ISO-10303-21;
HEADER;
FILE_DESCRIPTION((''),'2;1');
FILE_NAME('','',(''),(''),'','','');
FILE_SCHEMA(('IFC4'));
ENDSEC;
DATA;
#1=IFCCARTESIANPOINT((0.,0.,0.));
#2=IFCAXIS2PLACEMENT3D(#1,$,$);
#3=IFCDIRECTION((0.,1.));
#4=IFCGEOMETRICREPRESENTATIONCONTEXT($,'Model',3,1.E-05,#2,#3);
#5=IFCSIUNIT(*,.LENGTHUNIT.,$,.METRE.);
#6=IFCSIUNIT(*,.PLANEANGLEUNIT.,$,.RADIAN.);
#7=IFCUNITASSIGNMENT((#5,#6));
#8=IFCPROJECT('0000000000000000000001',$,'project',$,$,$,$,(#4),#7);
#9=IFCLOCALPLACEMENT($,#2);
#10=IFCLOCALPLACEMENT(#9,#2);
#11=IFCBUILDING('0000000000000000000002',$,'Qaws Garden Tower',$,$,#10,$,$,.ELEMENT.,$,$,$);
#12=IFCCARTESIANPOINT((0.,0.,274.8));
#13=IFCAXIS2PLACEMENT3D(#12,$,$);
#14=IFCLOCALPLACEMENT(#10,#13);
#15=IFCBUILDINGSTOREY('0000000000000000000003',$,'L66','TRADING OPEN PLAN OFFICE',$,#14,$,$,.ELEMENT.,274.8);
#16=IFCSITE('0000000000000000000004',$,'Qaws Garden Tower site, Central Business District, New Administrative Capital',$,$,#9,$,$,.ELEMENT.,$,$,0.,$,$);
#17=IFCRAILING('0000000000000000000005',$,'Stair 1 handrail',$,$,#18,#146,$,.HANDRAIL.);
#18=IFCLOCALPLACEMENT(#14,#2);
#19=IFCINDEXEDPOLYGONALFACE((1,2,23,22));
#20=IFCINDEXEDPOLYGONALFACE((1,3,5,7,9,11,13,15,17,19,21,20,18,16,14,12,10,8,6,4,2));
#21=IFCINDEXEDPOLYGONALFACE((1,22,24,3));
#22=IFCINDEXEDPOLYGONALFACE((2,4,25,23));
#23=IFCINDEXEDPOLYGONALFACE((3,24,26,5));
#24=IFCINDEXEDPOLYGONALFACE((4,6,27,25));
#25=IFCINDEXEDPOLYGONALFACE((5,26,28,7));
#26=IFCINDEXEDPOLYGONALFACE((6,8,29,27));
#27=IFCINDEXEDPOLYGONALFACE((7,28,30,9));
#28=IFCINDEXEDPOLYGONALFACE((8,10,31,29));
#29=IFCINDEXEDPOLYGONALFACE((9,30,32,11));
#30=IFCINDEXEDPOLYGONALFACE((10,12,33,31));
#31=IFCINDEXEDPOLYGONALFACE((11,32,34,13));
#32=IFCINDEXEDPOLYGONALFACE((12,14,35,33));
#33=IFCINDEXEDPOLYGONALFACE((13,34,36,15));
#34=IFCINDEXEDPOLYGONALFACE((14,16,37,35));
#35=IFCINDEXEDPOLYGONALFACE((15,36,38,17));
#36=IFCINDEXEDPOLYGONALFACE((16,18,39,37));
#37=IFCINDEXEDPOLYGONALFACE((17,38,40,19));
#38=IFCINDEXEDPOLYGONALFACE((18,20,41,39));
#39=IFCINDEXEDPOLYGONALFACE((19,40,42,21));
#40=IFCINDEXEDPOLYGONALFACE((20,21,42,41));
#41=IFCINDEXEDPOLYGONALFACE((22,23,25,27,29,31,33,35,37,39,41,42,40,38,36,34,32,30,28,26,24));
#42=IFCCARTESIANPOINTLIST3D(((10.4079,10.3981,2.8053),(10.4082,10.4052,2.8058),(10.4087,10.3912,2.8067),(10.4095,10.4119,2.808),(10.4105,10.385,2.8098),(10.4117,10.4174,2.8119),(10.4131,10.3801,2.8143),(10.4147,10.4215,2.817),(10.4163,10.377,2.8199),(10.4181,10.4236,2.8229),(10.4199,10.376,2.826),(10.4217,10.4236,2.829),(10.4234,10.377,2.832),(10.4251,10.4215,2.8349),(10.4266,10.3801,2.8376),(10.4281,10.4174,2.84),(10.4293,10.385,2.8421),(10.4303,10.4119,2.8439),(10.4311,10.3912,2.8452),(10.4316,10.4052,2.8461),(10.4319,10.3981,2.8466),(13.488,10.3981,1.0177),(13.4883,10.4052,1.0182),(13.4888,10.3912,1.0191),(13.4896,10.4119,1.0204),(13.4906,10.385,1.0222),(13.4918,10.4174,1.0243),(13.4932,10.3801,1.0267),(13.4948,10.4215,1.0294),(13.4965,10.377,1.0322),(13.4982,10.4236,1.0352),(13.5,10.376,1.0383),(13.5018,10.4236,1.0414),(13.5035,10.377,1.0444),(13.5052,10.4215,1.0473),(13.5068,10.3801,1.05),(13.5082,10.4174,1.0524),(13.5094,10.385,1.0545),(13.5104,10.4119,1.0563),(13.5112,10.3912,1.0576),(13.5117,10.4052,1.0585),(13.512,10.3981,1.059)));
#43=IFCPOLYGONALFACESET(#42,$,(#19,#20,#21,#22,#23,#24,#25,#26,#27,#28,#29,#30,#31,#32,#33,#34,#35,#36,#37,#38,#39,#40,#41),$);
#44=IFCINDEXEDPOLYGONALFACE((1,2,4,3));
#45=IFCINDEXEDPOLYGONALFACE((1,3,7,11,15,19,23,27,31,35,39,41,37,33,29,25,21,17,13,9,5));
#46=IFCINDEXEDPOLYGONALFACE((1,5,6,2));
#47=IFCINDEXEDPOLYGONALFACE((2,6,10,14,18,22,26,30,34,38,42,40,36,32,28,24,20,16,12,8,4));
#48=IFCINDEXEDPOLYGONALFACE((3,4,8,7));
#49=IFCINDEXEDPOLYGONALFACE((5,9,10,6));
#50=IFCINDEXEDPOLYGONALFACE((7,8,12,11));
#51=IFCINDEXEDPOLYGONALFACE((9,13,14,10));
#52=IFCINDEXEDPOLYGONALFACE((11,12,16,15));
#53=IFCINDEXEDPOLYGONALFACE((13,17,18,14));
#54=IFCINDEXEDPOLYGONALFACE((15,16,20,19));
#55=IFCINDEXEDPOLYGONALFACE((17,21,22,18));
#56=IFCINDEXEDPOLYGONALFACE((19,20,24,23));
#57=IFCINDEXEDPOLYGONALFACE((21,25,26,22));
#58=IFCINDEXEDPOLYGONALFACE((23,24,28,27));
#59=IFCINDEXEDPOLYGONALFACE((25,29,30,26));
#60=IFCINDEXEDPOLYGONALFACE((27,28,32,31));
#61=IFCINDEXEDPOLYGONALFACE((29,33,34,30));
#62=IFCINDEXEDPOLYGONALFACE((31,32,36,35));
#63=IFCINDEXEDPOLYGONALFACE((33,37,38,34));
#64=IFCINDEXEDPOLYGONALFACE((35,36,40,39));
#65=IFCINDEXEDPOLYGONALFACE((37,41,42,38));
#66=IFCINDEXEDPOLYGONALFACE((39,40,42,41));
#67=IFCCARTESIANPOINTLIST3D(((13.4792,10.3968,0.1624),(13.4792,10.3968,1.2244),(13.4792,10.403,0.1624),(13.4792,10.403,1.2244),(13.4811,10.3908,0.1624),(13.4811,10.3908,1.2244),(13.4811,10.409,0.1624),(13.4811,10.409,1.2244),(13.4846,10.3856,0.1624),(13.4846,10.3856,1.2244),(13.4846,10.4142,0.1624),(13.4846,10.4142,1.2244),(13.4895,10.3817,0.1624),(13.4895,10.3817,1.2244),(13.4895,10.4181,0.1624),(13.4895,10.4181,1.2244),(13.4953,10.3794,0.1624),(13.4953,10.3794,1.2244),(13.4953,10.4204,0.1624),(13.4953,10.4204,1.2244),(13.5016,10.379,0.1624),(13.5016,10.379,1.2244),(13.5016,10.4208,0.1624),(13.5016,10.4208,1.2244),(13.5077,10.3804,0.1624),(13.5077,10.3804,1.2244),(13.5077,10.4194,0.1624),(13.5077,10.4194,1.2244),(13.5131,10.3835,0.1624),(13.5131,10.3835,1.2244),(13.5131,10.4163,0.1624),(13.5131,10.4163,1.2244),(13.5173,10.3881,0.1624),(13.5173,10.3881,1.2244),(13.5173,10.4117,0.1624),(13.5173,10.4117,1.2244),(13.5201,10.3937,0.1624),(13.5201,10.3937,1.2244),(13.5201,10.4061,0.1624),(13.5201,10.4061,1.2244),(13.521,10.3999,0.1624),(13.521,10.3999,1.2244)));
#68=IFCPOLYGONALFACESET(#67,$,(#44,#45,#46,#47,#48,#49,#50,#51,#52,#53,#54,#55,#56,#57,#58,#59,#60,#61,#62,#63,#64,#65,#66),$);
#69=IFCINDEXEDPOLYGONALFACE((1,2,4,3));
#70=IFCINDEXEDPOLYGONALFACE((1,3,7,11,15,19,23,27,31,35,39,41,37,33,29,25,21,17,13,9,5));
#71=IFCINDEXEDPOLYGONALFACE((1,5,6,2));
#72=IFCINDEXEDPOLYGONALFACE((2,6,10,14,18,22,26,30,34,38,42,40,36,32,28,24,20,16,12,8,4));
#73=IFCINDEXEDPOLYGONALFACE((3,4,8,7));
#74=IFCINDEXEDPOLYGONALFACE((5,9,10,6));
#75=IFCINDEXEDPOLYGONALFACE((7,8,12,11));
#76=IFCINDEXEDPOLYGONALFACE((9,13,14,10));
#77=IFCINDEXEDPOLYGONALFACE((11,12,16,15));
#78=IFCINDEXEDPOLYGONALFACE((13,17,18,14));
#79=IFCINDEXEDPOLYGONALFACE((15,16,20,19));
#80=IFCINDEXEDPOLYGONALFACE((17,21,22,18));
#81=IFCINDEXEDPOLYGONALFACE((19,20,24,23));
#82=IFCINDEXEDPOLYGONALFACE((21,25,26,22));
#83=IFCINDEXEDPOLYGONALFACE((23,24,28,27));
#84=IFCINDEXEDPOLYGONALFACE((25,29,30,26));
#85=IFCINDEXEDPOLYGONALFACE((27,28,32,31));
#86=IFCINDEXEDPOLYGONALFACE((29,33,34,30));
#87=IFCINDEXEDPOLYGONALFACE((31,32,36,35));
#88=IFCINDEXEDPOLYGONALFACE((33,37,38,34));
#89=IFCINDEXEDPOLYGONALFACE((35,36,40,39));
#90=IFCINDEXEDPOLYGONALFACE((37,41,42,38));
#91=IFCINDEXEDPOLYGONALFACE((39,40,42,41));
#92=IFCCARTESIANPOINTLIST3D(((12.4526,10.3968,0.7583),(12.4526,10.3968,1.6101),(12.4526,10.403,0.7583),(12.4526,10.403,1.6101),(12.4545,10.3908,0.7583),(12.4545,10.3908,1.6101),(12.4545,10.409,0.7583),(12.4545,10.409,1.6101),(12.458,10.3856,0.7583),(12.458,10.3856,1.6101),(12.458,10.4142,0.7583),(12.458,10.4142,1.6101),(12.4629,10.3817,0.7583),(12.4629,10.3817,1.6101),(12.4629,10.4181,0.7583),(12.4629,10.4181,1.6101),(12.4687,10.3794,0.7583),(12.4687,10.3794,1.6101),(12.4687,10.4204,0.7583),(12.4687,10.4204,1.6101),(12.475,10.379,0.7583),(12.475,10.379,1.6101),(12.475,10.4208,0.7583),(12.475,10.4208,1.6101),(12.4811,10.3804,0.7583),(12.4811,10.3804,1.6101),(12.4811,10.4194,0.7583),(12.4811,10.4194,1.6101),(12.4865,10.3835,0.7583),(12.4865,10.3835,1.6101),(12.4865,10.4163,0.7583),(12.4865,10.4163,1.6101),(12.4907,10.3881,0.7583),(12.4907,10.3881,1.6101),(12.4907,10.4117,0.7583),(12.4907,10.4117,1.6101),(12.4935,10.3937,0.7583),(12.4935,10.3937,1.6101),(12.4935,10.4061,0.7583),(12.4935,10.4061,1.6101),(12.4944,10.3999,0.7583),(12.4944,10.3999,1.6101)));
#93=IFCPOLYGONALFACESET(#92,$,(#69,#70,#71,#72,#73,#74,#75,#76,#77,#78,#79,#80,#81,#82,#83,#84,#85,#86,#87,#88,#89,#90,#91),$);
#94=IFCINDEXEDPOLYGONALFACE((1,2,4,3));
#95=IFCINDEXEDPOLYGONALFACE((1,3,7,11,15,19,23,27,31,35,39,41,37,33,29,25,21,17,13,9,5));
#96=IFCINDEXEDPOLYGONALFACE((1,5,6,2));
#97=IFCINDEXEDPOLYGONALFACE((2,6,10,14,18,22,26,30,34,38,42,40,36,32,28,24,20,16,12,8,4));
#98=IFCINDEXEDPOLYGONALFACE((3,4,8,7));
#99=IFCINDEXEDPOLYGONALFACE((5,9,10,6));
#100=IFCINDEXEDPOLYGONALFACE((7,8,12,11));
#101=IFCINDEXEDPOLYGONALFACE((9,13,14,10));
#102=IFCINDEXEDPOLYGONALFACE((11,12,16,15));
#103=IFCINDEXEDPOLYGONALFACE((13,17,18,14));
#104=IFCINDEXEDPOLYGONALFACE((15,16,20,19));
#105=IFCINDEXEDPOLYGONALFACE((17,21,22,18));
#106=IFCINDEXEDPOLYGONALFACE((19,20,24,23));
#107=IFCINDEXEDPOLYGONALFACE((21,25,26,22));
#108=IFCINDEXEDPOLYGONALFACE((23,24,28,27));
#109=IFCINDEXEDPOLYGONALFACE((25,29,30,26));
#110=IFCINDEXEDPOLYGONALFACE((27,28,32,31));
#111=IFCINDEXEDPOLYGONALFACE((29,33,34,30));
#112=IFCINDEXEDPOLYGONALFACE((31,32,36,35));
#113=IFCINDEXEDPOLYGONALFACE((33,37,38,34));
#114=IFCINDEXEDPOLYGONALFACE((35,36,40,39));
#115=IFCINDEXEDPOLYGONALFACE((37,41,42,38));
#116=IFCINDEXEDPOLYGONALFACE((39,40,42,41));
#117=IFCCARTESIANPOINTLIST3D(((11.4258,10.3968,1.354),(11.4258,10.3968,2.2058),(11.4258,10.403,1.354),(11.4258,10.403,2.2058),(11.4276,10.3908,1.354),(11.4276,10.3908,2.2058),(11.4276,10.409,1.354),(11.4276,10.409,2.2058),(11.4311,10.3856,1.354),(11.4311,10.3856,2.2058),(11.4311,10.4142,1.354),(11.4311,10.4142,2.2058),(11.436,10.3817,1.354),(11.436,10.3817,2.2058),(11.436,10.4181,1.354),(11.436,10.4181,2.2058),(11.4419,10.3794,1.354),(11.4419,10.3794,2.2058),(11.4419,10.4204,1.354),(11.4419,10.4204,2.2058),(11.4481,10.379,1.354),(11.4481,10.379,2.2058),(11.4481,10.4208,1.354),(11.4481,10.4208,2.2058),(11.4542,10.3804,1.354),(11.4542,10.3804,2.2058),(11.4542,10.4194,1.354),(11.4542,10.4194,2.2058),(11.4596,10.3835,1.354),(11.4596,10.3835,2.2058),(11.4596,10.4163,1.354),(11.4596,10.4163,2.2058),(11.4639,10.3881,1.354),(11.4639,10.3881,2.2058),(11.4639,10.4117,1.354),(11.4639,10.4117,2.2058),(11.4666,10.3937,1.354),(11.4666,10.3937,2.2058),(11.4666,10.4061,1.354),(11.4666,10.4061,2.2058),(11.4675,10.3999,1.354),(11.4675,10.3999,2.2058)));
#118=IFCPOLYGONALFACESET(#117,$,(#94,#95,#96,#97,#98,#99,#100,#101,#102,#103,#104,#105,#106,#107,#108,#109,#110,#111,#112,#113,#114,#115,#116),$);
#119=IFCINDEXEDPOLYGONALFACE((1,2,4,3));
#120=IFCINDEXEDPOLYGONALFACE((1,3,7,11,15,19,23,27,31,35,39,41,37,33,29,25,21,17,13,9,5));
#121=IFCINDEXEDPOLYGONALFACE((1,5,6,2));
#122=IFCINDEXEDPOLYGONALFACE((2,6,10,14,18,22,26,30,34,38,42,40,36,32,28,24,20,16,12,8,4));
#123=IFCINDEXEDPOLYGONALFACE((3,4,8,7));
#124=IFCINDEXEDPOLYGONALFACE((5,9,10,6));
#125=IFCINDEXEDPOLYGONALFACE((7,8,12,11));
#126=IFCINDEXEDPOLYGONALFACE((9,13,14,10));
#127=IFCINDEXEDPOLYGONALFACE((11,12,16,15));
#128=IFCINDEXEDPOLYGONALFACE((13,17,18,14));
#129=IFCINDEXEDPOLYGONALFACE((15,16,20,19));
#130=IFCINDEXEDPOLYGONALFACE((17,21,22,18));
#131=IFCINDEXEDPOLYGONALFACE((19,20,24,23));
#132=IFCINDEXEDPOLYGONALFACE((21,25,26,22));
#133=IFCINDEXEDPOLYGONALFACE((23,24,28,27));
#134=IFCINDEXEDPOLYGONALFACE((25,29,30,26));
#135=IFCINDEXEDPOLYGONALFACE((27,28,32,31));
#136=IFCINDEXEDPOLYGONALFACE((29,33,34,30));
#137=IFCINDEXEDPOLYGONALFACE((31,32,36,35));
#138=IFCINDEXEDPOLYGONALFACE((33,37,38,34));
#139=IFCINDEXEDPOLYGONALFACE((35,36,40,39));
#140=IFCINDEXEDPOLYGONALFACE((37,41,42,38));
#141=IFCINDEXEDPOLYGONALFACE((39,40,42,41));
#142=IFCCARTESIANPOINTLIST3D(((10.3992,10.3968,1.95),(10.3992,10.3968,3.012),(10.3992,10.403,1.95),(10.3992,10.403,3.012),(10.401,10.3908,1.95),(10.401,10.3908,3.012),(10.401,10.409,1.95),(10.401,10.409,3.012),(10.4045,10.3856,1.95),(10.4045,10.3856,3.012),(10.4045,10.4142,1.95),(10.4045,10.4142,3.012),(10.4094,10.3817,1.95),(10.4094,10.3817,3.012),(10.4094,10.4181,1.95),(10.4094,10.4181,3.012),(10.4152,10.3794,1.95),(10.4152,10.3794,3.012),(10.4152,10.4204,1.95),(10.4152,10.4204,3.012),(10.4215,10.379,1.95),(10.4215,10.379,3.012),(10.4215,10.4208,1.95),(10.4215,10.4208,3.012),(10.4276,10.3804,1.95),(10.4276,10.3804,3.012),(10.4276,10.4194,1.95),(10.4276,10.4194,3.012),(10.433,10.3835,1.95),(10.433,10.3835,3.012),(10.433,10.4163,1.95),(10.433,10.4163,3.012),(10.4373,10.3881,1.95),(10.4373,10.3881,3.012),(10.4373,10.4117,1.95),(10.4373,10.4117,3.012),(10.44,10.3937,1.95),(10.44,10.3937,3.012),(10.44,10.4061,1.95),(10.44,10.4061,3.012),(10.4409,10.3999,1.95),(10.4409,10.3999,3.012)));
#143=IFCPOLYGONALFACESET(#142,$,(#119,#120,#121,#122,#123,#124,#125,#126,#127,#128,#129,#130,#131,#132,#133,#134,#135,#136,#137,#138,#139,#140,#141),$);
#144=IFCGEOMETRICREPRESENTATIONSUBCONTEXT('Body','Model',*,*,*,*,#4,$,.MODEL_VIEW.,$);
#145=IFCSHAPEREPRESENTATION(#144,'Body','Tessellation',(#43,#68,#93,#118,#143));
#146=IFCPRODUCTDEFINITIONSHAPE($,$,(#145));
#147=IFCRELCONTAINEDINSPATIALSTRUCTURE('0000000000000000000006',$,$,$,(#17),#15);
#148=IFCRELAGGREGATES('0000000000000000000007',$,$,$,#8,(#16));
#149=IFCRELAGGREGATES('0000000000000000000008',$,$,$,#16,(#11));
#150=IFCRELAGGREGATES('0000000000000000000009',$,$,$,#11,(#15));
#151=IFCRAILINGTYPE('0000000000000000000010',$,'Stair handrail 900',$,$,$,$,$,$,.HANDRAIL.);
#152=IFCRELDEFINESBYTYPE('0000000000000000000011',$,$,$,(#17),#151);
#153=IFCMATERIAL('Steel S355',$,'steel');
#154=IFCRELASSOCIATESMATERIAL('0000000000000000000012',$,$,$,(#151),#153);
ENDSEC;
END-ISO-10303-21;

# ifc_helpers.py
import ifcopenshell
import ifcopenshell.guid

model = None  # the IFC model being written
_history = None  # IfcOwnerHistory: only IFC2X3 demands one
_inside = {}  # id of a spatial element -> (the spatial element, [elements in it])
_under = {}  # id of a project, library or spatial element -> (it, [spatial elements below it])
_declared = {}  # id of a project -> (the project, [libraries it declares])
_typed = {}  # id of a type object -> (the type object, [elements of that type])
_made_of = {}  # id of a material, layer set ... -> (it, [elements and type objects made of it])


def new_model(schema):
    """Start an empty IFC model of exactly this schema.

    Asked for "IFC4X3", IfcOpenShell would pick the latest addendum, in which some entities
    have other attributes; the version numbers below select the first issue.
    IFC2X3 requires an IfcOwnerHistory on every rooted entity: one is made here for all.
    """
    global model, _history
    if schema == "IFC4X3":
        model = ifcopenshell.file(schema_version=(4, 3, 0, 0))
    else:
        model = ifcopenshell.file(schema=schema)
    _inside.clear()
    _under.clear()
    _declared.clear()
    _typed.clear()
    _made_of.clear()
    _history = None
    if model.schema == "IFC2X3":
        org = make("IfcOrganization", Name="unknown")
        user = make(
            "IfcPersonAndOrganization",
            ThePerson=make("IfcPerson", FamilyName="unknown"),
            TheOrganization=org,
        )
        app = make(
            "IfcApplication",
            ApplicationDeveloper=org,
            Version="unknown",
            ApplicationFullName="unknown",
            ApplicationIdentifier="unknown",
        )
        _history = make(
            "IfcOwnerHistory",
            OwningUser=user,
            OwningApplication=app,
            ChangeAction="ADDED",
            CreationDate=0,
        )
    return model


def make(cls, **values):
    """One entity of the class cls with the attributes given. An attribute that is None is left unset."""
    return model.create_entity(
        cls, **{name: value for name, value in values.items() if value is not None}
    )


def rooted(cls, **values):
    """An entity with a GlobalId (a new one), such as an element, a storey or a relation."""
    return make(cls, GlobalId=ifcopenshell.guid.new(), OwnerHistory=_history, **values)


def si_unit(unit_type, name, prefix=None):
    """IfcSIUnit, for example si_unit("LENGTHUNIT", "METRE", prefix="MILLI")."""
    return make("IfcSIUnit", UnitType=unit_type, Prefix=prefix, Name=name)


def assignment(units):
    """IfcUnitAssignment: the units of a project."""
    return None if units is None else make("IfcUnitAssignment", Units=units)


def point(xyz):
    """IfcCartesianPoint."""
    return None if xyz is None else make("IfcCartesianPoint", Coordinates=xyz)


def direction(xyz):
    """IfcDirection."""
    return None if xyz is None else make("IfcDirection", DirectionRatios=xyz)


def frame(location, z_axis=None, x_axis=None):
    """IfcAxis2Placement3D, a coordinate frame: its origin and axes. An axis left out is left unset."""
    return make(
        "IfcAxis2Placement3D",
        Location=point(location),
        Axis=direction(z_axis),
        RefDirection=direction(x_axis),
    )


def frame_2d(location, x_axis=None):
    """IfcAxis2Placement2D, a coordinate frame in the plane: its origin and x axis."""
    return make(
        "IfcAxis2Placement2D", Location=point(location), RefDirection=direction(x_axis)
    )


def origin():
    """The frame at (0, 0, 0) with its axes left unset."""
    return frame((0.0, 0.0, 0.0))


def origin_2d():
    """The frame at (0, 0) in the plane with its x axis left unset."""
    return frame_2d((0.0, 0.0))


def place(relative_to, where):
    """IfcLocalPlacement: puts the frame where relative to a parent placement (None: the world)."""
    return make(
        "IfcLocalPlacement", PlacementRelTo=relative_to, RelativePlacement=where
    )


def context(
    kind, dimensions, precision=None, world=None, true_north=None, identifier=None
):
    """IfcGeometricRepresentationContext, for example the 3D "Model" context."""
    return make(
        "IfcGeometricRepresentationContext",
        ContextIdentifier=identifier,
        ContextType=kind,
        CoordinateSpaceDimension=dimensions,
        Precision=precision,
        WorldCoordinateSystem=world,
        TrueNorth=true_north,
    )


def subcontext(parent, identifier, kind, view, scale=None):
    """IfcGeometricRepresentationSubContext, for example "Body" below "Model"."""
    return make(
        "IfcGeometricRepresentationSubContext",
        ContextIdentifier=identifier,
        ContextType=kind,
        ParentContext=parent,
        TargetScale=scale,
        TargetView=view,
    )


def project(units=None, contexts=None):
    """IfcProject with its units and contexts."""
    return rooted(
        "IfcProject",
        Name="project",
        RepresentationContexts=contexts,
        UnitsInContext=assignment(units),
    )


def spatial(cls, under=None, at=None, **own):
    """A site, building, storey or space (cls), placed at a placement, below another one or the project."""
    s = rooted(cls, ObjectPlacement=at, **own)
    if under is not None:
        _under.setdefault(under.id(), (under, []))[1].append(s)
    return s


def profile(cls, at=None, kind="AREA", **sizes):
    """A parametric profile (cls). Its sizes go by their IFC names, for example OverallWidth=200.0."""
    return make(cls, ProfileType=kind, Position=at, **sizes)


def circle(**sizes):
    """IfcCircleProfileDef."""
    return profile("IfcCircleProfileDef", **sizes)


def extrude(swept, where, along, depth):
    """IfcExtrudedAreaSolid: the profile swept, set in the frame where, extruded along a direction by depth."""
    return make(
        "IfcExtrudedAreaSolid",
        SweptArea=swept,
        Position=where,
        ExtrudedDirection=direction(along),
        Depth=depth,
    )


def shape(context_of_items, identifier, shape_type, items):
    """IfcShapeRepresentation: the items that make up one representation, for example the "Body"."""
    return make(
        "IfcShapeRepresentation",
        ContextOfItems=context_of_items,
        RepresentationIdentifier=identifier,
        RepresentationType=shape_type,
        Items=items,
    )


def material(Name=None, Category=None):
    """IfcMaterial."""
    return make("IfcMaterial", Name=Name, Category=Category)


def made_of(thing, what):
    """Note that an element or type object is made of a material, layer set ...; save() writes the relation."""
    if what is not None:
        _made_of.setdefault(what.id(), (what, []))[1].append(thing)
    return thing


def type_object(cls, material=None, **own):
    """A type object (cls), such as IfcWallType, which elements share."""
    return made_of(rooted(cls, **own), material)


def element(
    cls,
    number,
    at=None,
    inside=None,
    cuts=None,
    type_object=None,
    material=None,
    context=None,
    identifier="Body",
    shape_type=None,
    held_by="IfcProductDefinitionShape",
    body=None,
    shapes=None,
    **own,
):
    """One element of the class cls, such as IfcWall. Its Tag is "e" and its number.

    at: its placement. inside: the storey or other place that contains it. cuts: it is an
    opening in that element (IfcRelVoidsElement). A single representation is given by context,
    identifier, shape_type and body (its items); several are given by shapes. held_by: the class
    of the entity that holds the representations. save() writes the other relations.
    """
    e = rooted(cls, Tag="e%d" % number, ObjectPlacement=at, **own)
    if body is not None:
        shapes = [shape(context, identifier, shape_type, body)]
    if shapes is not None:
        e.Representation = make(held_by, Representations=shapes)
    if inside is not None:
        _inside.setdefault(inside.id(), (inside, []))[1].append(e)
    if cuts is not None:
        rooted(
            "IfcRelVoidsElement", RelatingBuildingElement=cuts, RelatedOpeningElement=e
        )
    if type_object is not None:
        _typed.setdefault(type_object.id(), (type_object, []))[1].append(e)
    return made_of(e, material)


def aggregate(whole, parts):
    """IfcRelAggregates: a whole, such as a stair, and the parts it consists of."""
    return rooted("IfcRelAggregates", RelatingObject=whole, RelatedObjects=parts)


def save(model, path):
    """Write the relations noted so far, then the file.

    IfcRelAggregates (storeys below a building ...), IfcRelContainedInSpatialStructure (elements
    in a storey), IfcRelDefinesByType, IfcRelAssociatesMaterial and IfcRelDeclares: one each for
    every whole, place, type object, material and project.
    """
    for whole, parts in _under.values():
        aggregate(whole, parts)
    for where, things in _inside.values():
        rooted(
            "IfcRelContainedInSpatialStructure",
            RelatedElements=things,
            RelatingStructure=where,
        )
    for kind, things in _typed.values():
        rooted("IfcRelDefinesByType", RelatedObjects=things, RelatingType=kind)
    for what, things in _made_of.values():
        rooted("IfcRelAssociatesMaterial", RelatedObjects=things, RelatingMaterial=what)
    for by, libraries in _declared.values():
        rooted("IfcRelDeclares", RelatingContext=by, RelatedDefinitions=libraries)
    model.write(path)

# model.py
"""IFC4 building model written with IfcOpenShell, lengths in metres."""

from ifc_helpers import new_model, si_unit, direction, frame, origin, origin_2d, place, context, subcontext, project, spatial, circle, extrude, material, type_object, element, save


model = new_model("IFC4")

# Units and contexts
model_context = context("Model", 3, precision=1e-05, world=origin(), true_north=direction((0.0, 1.0)))
body_context = subcontext(model_context, "Body", "Model", "MODEL_VIEW")
ifc_project = project(units=[si_unit("LENGTHUNIT", "METRE"), si_unit("PLANEANGLEUNIT", "RADIAN")], contexts=[model_context])

# Site, building, storey
site_placement = place(None, origin())
site = spatial("IfcSite", under=ifc_project, at=site_placement, Name="Qaws Garden Tower site, Central Business District, New Administrative Capital", CompositionType="ELEMENT", RefElevation=0.0)
building_placement = place(site_placement, origin())
building = spatial("IfcBuilding", under=site, at=building_placement, Name="Qaws Garden Tower", CompositionType="ELEMENT")
storey_placement = place(building_placement, frame((0.0, 0.0, 274.8)))
storey = spatial("IfcBuildingStorey", under=building, at=storey_placement, Name="L66", Description="TRADING OPEN PLAN OFFICE", CompositionType="ELEMENT", Elevation=274.8)

# Railing
ifc_material_1 = material(Name="Steel S355", Category="steel")
railing_type = type_object("IfcRailingType", Name="Stair handrail 900", PredefinedType="HANDRAIL", material=ifc_material_1)
railing_1_placement = place(storey_placement, frame((13.5, 10.3999, 0.1624)))
element("IfcRailing", 1, at=railing_1_placement, inside=storey, type_object=railing_type, Name="Stair 1 handrail", PredefinedType="HANDRAIL", context=body_context, shape_type="SweptSolid", body=[
    extrude(circle(Radius=0.0239, at=origin_2d()), frame((0.0, 0.0, 0.876), z_axis=(-0.864891, 0.0, 0.50196), x_axis=(0.0, -1.0, 0.0)), (0.0, 0.0, 1.0), 3.5613),
    extrude(circle(Radius=0.021, at=origin_2d()), origin(), (0.0, 0.0, 1.0), 1.062),
    extrude(circle(Radius=0.021, at=origin_2d()), frame((-1.0266, 0.0, 0.5959)), (0.0, 0.0, 1.0), 0.8518),
    extrude(circle(Radius=0.021, at=origin_2d()), frame((-2.0535, 0.0, 1.1917)), (0.0, 0.0, 1.0), 0.8518),
    extrude(circle(Radius=0.021, at=origin_2d()), frame((-3.0801, 0.0, 1.7876)), (0.0, 0.0, 1.0), 1.062),
])

save(model, "model.ifc")
